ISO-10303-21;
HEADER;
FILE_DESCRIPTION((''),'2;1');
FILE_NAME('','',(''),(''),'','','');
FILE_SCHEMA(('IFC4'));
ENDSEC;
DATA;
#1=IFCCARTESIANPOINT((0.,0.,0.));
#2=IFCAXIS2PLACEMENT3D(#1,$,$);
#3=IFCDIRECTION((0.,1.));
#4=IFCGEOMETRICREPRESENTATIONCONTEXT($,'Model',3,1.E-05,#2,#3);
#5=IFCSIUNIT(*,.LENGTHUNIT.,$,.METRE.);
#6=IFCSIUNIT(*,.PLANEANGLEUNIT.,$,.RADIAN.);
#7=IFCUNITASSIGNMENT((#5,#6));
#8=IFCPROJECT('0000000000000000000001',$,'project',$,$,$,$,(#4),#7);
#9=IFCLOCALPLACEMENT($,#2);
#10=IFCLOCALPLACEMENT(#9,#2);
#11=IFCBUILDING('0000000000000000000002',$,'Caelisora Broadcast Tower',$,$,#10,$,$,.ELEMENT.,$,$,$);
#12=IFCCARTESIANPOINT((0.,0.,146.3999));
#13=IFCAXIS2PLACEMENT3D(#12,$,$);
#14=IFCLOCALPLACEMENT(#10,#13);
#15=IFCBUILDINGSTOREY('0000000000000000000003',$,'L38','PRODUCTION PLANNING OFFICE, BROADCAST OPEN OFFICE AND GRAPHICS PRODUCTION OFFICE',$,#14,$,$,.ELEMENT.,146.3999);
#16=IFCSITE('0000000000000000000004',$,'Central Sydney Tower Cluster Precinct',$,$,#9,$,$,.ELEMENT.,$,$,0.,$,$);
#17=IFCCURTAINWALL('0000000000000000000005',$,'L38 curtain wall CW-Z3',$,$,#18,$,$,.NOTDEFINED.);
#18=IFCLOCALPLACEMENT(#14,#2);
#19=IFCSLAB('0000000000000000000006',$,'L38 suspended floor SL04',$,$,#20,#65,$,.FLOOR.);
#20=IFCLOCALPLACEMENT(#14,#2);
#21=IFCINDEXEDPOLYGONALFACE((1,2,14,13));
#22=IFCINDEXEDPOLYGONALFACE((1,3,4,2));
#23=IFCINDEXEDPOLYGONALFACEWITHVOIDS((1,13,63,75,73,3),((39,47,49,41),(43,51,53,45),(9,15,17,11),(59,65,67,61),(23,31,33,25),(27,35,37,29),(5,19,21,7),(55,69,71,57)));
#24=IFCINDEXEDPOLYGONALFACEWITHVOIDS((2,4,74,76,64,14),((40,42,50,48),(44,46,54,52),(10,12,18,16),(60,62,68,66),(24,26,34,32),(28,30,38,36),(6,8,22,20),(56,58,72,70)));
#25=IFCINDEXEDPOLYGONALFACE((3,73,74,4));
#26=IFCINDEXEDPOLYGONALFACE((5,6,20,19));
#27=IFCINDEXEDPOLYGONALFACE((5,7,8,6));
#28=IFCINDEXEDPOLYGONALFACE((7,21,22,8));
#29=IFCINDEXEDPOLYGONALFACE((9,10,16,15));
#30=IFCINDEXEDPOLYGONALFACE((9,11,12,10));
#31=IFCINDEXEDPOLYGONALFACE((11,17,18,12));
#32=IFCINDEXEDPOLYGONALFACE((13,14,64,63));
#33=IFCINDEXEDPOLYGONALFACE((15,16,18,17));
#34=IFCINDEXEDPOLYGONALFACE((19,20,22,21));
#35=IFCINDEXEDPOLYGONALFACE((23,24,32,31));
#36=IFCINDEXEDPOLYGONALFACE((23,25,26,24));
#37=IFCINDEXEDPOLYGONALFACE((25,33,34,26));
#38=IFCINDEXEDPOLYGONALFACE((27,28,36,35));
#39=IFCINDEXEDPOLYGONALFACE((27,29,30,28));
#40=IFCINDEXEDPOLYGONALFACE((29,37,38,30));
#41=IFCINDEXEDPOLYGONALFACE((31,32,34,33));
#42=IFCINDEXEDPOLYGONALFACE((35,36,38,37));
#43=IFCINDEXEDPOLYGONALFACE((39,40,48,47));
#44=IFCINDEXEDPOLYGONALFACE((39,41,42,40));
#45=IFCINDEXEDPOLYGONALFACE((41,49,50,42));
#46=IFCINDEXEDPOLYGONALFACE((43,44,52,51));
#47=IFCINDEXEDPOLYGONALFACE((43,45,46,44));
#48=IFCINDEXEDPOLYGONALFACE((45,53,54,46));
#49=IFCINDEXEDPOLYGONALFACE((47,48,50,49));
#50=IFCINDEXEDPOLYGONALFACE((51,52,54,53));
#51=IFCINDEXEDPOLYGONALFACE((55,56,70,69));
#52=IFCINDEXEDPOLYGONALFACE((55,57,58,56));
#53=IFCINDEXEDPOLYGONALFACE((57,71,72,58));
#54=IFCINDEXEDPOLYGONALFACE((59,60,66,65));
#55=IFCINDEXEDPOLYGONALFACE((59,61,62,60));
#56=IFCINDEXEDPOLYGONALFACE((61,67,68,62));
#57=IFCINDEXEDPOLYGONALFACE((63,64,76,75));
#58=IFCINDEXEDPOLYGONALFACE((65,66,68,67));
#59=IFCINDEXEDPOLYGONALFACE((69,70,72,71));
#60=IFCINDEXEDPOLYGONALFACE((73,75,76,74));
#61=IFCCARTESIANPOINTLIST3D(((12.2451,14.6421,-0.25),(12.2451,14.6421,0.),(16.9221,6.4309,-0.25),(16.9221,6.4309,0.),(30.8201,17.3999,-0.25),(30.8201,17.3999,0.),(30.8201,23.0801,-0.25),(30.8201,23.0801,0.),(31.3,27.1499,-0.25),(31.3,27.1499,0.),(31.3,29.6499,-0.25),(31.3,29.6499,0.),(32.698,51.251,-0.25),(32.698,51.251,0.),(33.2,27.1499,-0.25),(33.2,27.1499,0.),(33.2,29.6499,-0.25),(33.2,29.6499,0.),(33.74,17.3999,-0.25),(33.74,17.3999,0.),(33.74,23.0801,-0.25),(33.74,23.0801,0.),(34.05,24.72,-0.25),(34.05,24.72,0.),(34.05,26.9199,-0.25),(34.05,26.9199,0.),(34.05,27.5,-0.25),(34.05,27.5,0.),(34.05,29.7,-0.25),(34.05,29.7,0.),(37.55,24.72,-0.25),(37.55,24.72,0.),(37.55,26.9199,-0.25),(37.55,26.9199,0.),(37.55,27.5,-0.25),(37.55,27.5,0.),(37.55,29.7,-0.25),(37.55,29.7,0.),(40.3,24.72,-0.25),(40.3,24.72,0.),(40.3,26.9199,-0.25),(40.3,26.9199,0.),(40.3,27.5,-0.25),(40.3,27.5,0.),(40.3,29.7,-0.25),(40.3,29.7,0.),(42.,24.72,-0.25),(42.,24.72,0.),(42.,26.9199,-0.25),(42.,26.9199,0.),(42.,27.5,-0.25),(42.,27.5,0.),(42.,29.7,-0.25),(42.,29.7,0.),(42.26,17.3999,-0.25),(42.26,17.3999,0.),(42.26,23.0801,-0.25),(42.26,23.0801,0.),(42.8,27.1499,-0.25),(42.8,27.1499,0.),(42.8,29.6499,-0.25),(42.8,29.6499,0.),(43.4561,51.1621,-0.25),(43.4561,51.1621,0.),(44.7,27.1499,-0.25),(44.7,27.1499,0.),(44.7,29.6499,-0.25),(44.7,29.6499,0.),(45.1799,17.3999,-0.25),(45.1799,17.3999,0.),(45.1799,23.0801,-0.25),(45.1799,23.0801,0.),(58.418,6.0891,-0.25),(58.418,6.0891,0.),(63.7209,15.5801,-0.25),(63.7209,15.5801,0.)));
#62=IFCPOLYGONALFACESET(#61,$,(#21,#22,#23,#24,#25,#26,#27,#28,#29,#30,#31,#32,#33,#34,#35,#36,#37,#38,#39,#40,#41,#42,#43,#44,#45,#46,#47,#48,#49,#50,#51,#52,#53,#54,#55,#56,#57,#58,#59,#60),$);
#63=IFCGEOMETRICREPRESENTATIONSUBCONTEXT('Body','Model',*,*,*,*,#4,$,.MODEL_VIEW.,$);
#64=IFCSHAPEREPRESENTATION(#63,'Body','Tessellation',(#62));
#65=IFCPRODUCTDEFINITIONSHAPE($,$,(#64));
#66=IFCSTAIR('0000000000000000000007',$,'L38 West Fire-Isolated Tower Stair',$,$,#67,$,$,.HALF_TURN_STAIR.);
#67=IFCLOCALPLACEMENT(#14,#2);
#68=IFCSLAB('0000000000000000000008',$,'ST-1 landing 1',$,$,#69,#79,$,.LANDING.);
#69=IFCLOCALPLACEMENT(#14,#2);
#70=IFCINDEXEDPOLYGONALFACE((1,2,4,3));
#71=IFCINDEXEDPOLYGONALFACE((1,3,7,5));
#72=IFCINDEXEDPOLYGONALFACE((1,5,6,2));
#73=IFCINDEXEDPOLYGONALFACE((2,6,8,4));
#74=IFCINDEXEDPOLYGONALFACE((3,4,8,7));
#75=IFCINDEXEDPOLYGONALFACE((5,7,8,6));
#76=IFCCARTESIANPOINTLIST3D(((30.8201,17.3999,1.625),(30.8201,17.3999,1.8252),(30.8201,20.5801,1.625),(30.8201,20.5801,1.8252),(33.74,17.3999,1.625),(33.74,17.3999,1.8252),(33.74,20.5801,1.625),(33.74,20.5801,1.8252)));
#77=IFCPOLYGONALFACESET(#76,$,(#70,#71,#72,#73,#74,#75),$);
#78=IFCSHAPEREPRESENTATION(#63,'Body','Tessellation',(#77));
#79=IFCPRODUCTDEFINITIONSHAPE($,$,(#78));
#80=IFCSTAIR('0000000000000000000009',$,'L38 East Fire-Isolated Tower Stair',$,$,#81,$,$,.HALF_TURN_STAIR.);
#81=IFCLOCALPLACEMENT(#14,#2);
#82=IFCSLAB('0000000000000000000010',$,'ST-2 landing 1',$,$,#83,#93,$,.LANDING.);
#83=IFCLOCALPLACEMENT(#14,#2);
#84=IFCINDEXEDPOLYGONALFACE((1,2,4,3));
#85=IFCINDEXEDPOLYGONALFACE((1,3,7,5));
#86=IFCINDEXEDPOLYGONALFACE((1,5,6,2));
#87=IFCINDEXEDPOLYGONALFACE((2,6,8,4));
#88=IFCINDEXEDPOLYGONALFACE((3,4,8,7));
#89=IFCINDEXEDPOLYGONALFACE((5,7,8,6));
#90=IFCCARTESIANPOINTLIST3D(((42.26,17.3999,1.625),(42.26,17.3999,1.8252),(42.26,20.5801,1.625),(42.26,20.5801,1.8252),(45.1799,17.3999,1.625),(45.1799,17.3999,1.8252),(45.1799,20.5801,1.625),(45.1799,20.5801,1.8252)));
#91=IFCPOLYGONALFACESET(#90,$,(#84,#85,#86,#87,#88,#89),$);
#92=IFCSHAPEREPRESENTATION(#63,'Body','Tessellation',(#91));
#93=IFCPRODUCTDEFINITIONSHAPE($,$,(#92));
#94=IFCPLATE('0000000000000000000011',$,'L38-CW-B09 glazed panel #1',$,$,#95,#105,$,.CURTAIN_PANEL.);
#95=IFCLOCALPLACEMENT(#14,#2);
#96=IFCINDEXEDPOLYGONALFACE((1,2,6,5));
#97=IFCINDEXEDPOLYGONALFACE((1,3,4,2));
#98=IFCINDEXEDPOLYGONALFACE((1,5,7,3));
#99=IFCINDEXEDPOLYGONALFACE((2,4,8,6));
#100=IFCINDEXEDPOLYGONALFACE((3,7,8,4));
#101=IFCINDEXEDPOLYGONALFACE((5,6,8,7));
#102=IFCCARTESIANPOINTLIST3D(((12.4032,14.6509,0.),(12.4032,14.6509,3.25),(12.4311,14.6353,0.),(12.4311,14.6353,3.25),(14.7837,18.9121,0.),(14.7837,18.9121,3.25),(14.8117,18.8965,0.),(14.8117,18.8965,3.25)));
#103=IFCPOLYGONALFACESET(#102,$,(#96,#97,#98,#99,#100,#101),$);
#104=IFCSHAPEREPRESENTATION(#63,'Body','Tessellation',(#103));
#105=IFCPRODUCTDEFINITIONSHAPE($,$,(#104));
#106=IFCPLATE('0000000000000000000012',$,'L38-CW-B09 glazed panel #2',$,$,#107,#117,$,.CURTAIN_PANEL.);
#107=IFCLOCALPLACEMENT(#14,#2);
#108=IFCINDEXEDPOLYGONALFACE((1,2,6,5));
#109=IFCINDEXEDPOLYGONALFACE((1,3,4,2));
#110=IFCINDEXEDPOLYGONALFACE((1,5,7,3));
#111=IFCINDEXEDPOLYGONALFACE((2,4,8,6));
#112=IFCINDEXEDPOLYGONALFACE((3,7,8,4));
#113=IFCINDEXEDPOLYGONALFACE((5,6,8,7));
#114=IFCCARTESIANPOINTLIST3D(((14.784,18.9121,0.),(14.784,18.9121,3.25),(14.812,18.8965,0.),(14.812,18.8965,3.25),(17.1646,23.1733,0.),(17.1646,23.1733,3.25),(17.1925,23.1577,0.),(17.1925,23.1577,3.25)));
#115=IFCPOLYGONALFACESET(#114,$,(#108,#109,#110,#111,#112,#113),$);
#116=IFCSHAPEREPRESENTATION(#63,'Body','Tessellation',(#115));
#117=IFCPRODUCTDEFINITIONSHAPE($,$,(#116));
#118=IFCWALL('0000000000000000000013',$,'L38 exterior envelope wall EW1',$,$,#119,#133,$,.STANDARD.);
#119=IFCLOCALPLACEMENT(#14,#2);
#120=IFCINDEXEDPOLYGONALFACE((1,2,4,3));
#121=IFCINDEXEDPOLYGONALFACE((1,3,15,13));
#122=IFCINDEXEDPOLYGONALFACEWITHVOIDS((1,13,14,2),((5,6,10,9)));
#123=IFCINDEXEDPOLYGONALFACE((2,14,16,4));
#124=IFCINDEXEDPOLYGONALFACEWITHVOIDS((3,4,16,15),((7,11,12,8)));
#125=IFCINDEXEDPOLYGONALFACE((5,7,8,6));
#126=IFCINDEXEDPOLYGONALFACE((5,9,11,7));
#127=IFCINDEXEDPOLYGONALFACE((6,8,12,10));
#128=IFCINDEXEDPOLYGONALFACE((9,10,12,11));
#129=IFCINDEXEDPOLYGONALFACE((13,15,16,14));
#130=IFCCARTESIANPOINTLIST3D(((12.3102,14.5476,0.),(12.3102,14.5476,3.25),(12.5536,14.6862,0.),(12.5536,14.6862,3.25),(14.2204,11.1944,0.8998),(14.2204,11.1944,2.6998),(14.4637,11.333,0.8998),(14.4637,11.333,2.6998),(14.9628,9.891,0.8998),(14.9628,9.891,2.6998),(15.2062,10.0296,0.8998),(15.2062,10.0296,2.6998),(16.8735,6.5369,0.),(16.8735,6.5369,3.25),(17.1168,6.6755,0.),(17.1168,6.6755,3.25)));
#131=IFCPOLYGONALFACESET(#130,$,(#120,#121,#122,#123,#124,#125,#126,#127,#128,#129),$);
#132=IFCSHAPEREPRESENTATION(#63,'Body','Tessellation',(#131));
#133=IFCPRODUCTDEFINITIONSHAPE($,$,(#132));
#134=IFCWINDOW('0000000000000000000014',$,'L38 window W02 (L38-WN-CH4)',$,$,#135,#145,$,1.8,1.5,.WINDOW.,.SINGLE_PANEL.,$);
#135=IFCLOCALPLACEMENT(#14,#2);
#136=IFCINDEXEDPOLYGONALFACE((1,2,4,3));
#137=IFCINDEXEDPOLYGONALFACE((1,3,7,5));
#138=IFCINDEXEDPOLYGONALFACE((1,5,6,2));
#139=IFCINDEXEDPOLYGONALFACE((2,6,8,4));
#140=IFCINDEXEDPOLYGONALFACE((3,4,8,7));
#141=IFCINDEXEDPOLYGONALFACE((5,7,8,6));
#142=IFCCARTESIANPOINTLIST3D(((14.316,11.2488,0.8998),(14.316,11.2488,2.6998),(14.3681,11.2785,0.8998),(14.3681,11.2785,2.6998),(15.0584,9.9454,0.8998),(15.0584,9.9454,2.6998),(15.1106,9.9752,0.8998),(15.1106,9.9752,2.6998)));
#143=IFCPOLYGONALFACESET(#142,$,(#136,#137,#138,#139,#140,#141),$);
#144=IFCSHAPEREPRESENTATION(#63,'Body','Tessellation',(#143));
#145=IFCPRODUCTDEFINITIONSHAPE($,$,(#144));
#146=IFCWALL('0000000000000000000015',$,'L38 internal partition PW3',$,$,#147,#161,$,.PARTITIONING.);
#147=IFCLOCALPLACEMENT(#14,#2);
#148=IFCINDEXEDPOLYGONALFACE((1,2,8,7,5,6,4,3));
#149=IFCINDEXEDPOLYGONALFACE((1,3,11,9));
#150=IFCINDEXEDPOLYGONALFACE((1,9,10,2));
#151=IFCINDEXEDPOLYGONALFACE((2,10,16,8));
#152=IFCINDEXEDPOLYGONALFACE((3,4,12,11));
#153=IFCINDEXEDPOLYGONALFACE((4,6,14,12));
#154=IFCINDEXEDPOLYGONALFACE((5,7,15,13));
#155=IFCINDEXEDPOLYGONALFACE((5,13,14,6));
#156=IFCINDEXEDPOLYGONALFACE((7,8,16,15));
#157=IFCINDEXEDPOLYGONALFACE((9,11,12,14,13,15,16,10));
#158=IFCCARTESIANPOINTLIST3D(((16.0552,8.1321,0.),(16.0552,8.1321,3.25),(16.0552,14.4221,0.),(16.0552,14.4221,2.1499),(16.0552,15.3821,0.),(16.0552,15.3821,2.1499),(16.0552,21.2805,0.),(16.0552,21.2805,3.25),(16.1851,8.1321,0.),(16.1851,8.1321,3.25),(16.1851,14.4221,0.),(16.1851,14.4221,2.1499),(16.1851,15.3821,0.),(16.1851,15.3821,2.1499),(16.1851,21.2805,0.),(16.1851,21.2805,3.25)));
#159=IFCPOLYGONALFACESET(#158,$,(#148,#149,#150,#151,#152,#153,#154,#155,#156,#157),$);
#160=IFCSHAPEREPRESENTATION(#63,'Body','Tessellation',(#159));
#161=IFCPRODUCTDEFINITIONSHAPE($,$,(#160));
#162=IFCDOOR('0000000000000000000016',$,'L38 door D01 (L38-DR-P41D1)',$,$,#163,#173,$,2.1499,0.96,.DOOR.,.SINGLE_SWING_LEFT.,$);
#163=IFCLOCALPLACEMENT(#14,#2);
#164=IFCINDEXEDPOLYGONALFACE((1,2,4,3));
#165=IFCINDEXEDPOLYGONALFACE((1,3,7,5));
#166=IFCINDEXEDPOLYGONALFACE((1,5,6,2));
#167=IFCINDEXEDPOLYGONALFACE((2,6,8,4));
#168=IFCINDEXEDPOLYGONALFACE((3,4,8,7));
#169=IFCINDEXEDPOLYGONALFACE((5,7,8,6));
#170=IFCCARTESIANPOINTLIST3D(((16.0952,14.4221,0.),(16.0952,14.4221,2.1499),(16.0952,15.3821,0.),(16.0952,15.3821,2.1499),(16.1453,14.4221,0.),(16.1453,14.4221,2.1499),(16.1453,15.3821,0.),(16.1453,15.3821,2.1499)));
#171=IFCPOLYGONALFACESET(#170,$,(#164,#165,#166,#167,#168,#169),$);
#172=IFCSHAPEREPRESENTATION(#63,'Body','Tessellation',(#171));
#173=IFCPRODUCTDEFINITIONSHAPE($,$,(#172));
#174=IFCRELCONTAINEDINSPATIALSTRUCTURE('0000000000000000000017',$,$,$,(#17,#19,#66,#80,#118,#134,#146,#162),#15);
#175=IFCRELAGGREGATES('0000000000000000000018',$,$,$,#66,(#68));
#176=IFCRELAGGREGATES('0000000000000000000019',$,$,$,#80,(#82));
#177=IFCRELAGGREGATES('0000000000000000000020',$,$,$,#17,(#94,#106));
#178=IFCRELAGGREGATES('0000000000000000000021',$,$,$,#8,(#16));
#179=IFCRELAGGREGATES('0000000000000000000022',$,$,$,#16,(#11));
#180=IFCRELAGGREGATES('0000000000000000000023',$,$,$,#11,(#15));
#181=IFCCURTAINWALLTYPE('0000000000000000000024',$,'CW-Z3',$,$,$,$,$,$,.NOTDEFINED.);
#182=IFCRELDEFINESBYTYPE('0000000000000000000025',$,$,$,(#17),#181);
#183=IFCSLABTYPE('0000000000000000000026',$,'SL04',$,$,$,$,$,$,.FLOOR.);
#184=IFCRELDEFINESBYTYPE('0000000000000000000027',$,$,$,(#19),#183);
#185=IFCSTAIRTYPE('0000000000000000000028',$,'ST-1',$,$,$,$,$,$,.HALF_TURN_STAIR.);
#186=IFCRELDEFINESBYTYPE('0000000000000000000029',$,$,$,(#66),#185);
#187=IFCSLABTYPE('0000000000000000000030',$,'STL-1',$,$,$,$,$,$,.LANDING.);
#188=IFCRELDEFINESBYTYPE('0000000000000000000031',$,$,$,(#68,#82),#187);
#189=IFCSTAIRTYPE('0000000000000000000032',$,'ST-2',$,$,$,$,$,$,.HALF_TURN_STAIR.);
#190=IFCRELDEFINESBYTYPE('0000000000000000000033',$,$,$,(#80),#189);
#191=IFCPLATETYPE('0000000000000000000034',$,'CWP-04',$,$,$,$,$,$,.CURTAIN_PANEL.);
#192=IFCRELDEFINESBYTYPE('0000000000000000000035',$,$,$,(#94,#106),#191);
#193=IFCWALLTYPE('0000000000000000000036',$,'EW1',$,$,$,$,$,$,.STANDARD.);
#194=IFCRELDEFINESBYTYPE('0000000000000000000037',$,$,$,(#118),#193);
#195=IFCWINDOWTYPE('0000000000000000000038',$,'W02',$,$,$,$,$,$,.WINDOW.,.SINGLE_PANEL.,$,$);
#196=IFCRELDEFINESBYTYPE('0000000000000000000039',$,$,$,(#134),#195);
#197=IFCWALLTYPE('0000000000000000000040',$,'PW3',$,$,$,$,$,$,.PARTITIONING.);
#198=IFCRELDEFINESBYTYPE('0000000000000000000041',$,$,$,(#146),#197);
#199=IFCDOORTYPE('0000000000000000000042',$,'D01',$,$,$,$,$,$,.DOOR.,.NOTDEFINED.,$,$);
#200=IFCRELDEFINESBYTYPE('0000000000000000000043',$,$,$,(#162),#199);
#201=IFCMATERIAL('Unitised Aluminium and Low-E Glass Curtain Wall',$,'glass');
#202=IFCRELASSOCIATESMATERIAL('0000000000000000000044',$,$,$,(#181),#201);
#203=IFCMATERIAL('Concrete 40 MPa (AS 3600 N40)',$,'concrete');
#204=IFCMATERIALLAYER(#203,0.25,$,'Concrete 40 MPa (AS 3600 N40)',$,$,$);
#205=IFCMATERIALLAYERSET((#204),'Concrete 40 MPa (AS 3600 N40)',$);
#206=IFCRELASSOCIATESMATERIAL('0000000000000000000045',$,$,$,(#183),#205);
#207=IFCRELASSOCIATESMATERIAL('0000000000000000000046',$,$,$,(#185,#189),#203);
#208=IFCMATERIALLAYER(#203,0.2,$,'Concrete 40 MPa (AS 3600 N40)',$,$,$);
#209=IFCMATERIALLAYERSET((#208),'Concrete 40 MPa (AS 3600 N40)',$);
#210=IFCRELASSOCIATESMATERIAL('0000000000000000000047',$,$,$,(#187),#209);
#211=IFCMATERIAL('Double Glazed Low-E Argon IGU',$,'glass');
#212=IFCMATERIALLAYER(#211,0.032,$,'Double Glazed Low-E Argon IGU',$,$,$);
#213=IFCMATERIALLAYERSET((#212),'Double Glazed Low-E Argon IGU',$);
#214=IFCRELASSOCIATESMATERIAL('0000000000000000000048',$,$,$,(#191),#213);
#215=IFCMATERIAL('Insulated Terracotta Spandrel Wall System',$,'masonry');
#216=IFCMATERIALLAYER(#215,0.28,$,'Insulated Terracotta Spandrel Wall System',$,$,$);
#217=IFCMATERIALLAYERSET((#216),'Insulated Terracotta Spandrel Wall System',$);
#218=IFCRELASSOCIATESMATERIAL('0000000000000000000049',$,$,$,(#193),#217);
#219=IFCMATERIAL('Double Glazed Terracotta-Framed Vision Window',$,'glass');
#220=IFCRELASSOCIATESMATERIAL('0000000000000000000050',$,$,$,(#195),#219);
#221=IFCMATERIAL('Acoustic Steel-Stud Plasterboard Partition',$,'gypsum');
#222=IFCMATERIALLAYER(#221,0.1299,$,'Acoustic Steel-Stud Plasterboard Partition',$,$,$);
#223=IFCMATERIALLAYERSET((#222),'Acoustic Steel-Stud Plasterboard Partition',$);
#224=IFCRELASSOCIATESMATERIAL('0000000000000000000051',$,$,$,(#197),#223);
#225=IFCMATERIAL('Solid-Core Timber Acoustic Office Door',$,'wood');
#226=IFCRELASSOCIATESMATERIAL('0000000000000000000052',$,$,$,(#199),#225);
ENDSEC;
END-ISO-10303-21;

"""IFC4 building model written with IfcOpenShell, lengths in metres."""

from ifc_helpers import new_model, si_unit, direction, frame, frame_2d, origin, origin_2d, place, context, subcontext, project, spatial, polyline, rectangle, outline, extrude, source, transform, mapped, material, layer, layer_set, type_object, type_shapes, element, fill, aggregate, save


model = new_model("IFC4")

# Units and contexts
model_context = context("Model", 3, precision=1e-05, world=origin(), true_north=direction((0.0, 1.0)))
body_context = subcontext(model_context, "Body", "Model", "MODEL_VIEW")
ifc_project = project(units=[si_unit("LENGTHUNIT", "METRE"), si_unit("PLANEANGLEUNIT", "RADIAN")], contexts=[model_context])

# Site, building, storey
site_placement = place(None, origin())
site = spatial("IfcSite", under=ifc_project, at=site_placement, Name="Central Sydney Tower Cluster Precinct", CompositionType="ELEMENT", RefElevation=0.0)
building_placement = place(site_placement, origin())
building = spatial("IfcBuilding", under=site, at=building_placement, Name="Caelisora Broadcast Tower", CompositionType="ELEMENT")
storey_placement = place(building_placement, frame((0.0, 0.0, 146.3999)))
storey = spatial("IfcBuildingStorey", under=building, at=storey_placement, Name="L38", Description="PRODUCTION PLANNING OFFICE, BROADCAST OPEN OFFICE AND GRAPHICS PRODUCTION OFFICE", CompositionType="ELEMENT", Elevation=146.3999)

# Curtain wall
ifc_material_1 = material(Name="Unitised Aluminium and Low-E Glass Curtain Wall", Category="glass")
curtain_wall_type = type_object("IfcCurtainWallType", Name="CW-Z3", PredefinedType="NOTDEFINED", material=ifc_material_1)
curtain_wall_1_placement = place(storey_placement, origin())
curtain_wall_1 = element("IfcCurtainWall", 1, at=curtain_wall_1_placement, inside=storey, type_object=curtain_wall_type, Name="L38 curtain wall CW-Z3", PredefinedType="NOTDEFINED")

# Slab
ifc_material_2 = material(Name="Concrete 40 MPa (AS 3600 N40)", Category="concrete")
ifc_layer_1 = layer(ifc_material_2, 0.25, Name="Concrete 40 MPa (AS 3600 N40)")
ifc_layer_set_1 = layer_set([ifc_layer_1], Name="Concrete 40 MPa (AS 3600 N40)")
slab_type_1 = type_object("IfcSlabType", Name="SL04", PredefinedType="FLOOR", material=ifc_layer_set_1)
slab_1_placement = place(storey_placement, frame((0.0, 0.0, -0.25)))
element("IfcSlab", 2, at=slab_1_placement, inside=storey, type_object=slab_type_1, Name="L38 suspended floor SL04", PredefinedType="FLOOR", context=body_context, shape_type="SweptSolid", body=[
    extrude(outline(polyline([(43.4561, 51.1621), (32.698, 51.251), (12.2451, 14.6421), (16.9221, 6.4309), (58.418, 6.0891), (63.7209, 15.5801), (43.4561, 51.1621)]), holes=[polyline([(30.8201, 17.3999), (33.74, 17.3999), (33.74, 23.0801), (30.8201, 23.0801), (30.8201, 17.3999)]), polyline([(42.26, 17.3999), (45.1799, 17.3999), (45.1799, 23.0801), (42.26, 23.0801), (42.26, 17.3999)]), polyline([(42.8, 27.1499), (44.7, 27.1499), (44.7, 29.6499), (42.8, 29.6499), (42.8, 27.1499)]), polyline([(40.3, 24.72), (42.0, 24.72), (42.0, 26.9199), (40.3, 26.9199), (40.3, 24.72)]), polyline([(40.3, 27.5), (42.0, 27.5), (42.0, 29.7), (40.3, 29.7), (40.3, 27.5)]), polyline([(34.05, 24.72), (37.55, 24.72), (37.55, 26.9199), (34.05, 26.9199), (34.05, 24.72)]), polyline([(34.05, 27.5), (37.55, 27.5), (37.55, 29.7), (34.05, 29.7), (34.05, 27.5)]), polyline([(31.3, 27.1499), (33.2, 27.1499), (33.2, 29.6499), (31.3, 29.6499), (31.3, 27.1499)])]), origin(), (0.0, 0.0, 1.0), 0.25),
])

# Stairs, slabs
stair_type_1 = type_object("IfcStairType", Name="ST-1", PredefinedType="HALF_TURN_STAIR", material=ifc_material_2)
stair_1_placement = place(storey_placement, origin())
stair_1 = element("IfcStair", 3, at=stair_1_placement, inside=storey, type_object=stair_type_1, Name="L38 West Fire-Isolated Tower Stair", PredefinedType="HALF_TURN_STAIR")
ifc_layer_2 = layer(ifc_material_2, 0.2, Name="Concrete 40 MPa (AS 3600 N40)")
ifc_layer_set_2 = layer_set([ifc_layer_2], Name="Concrete 40 MPa (AS 3600 N40)")
slab_type_2 = type_object("IfcSlabType", Name="STL-1", PredefinedType="LANDING", material=ifc_layer_set_2)
slab_2_placement = place(storey_placement, frame((0.0, 0.0, 1.625)))
slab_2 = element("IfcSlab", 4, at=slab_2_placement, type_object=slab_type_2, Name="ST-1 landing 1", PredefinedType="LANDING", context=body_context, shape_type="SweptSolid", body=[
    extrude(outline(polyline([(30.8201, 20.5801), (30.8201, 17.3999), (33.74, 17.3999), (33.74, 20.5801), (30.8201, 20.5801)])), origin(), (0.0, 0.0, 1.0), 0.2002),
])
aggregate(stair_1, [slab_2])
stair_type_2 = type_object("IfcStairType", Name="ST-2", PredefinedType="HALF_TURN_STAIR", material=ifc_material_2)
stair_2_placement = place(storey_placement, origin())
stair_2 = element("IfcStair", 5, at=stair_2_placement, inside=storey, type_object=stair_type_2, Name="L38 East Fire-Isolated Tower Stair", PredefinedType="HALF_TURN_STAIR")
slab_3_placement = place(storey_placement, frame((0.0, 0.0, 1.625)))
slab_3 = element("IfcSlab", 6, at=slab_3_placement, type_object=slab_type_2, Name="ST-2 landing 1", PredefinedType="LANDING", context=body_context, shape_type="SweptSolid", body=[
    extrude(outline(polyline([(42.26, 20.5801), (42.26, 17.3999), (45.1799, 17.3999), (45.1799, 20.5801), (42.26, 20.5801)])), origin(), (0.0, 0.0, 1.0), 0.2002),
])
aggregate(stair_2, [slab_3])

# Plates
ifc_material_3 = material(Name="Double Glazed Low-E Argon IGU", Category="glass")
ifc_layer_3 = layer(ifc_material_3, 0.032, Name="Double Glazed Low-E Argon IGU")
ifc_layer_set_3 = layer_set([ifc_layer_3], Name="Double Glazed Low-E Argon IGU")
plate_type = type_object("IfcPlateType", Name="CWP-04", PredefinedType="CURTAIN_PANEL", material=ifc_layer_set_3)
shared_shape_1 = source(origin(), body_context, "Body", "SweptSolid", [
    extrude(rectangle(XDim=4.8811, YDim=0.032, at=origin_2d()), origin(), (0.0, 0.0, 1.0), 3.25),
])
type_shapes(plate_type, [shared_shape_1])
plate_1_placement = place(storey_placement, frame((13.6074, 16.7737, 0.0), z_axis=(0.0, 0.0, 1.0), x_axis=(0.487707, 0.873007, 0.0)))
plate_1 = element("IfcPlate", 7, at=plate_1_placement, type_object=plate_type, Name="L38-CW-B09 glazed panel #1", PredefinedType="CURTAIN_PANEL", context=body_context, shape_type="MappedRepresentation", body=[
    mapped(shared_shape_1, transform((0.0, 0.0, 0.0), scale=1.0)),
])
plate_2_placement = place(storey_placement, frame((15.9883, 21.0349, 0.0), z_axis=(0.0, 0.0, 1.0), x_axis=(0.487707, 0.873007, 0.0)))
plate_2 = element("IfcPlate", 8, at=plate_2_placement, type_object=plate_type, Name="L38-CW-B09 glazed panel #2", PredefinedType="CURTAIN_PANEL", context=body_context, shape_type="MappedRepresentation", body=[
    mapped(shared_shape_1, transform((0.0, 0.0, 0.0), scale=1.0)),
])
aggregate(curtain_wall_1, [plate_1, plate_2])

# Wall, opening, window
ifc_material_4 = material(Name="Insulated Terracotta Spandrel Wall System", Category="masonry")
ifc_layer_4 = layer(ifc_material_4, 0.28, Name="Insulated Terracotta Spandrel Wall System")
ifc_layer_set_4 = layer_set([ifc_layer_4], Name="Insulated Terracotta Spandrel Wall System")
wall_type_1 = type_object("IfcWallType", Name="EW1", PredefinedType="STANDARD", material=ifc_layer_set_4)
wall_1_placement = place(storey_placement, frame((16.9951, 6.6062, 0.0), z_axis=(0.0, 0.0, 1.0), x_axis=(-0.494966, 0.868912, 0.0)))
wall_1 = element("IfcWall", 9, at=wall_1_placement, inside=storey, type_object=wall_type_1, Name="L38 exterior envelope wall EW1", PredefinedType="STANDARD", context=body_context, shape_type="SweptSolid", body=[
    extrude(rectangle(XDim=9.2192, YDim=0.28, at=frame_2d((4.6096, 0.0))), origin(), (0.0, 0.0, 1.0), 3.25),
])
opening_1_placement = place(wall_1_placement, frame((3.8601, 0.0, 0.8999)))
opening_1 = element("IfcOpeningElement", 10, at=opening_1_placement, cuts=wall_1, PredefinedType="OPENING", context=body_context, shape_type="SweptSolid", body=[
    extrude(rectangle(XDim=1.5, YDim=1.8, at=frame_2d((0.75, 0.8999))), frame((0.0, 0.1521, 0.0), z_axis=(0.0, -1.0, 0.0), x_axis=(1.0, 0.0, 0.0)), (0.0, 0.0, 1.0), 0.304),
])
ifc_material_5 = material(Name="Double Glazed Terracotta-Framed Vision Window", Category="glass")
window_type = type_object("IfcWindowType", Name="W02", PartitioningType="SINGLE_PANEL", PredefinedType="WINDOW", material=ifc_material_5)
window_placement = place(opening_1_placement, origin())
window = element("IfcWindow", 11, at=window_placement, inside=storey, type_object=window_type, Name="L38 window W02 (L38-WN-CH4)", OverallHeight=1.8, OverallWidth=1.5, PartitioningType="SINGLE_PANEL", PredefinedType="WINDOW", context=body_context, shape_type="SweptSolid", body=[
    extrude(rectangle(XDim=1.5, YDim=1.8, at=frame_2d((0.75, 0.8999))), frame((0.0, 0.03, 0.0), z_axis=(0.0, -1.0, 0.0), x_axis=(1.0, 0.0, 0.0)), (0.0, 0.0, 1.0), 0.0601),
])
fill(opening_1, window)

# Wall, opening, door
ifc_material_6 = material(Name="Acoustic Steel-Stud Plasterboard Partition", Category="gypsum")
ifc_layer_5 = layer(ifc_material_6, 0.1299, Name="Acoustic Steel-Stud Plasterboard Partition")
ifc_layer_set_5 = layer_set([ifc_layer_5], Name="Acoustic Steel-Stud Plasterboard Partition")
wall_type_2 = type_object("IfcWallType", Name="PW3", PredefinedType="PARTITIONING", material=ifc_layer_set_5)
wall_2_placement = place(storey_placement, frame((16.1201, 8.1321, 0.0), z_axis=(0.0, 0.0, 1.0), x_axis=(0.0, 1.0, 0.0)))
wall_2 = element("IfcWall", 12, at=wall_2_placement, inside=storey, type_object=wall_type_2, Name="L38 internal partition PW3", PredefinedType="PARTITIONING", context=body_context, shape_type="SweptSolid", body=[
    extrude(rectangle(XDim=13.1484, YDim=0.1299, at=frame_2d((6.5742, 0.0))), origin(), (0.0, 0.0, 1.0), 3.25),
])
opening_2_placement = place(wall_2_placement, frame((6.29, 0.0, 0.0)))
opening_2 = element("IfcOpeningElement", 13, at=opening_2_placement, cuts=wall_2, PredefinedType="OPENING", context=body_context, shape_type="SweptSolid", body=[
    extrude(rectangle(XDim=0.96, YDim=2.1499, at=frame_2d((0.48, 1.075))), frame((0.0, 0.0769, 0.0), z_axis=(0.0, -1.0, 0.0), x_axis=(1.0, 0.0, 0.0)), (0.0, 0.0, 1.0), 0.1538),
])
ifc_material_7 = material(Name="Solid-Core Timber Acoustic Office Door", Category="wood")
door_type = type_object("IfcDoorType", Name="D01", OperationType="NOTDEFINED", PredefinedType="DOOR", material=ifc_material_7)
door_placement = place(opening_2_placement, origin())
door = element("IfcDoor", 14, at=door_placement, inside=storey, type_object=door_type, Name="L38 door D01 (L38-DR-P41D1)", OperationType="SINGLE_SWING_LEFT", OverallHeight=2.1499, OverallWidth=0.96, PredefinedType="DOOR", context=body_context, shape_type="SweptSolid", body=[
    extrude(rectangle(XDim=0.96, YDim=2.1499, at=frame_2d((0.48, 1.075))), frame((0.0, 0.0249, 0.0), z_axis=(0.0, -1.0, 0.0), x_axis=(1.0, 0.0, 0.0)), (0.0, 0.0, 1.0), 0.05),
])
fill(opening_2, door)

save(model, "model.ifc")
